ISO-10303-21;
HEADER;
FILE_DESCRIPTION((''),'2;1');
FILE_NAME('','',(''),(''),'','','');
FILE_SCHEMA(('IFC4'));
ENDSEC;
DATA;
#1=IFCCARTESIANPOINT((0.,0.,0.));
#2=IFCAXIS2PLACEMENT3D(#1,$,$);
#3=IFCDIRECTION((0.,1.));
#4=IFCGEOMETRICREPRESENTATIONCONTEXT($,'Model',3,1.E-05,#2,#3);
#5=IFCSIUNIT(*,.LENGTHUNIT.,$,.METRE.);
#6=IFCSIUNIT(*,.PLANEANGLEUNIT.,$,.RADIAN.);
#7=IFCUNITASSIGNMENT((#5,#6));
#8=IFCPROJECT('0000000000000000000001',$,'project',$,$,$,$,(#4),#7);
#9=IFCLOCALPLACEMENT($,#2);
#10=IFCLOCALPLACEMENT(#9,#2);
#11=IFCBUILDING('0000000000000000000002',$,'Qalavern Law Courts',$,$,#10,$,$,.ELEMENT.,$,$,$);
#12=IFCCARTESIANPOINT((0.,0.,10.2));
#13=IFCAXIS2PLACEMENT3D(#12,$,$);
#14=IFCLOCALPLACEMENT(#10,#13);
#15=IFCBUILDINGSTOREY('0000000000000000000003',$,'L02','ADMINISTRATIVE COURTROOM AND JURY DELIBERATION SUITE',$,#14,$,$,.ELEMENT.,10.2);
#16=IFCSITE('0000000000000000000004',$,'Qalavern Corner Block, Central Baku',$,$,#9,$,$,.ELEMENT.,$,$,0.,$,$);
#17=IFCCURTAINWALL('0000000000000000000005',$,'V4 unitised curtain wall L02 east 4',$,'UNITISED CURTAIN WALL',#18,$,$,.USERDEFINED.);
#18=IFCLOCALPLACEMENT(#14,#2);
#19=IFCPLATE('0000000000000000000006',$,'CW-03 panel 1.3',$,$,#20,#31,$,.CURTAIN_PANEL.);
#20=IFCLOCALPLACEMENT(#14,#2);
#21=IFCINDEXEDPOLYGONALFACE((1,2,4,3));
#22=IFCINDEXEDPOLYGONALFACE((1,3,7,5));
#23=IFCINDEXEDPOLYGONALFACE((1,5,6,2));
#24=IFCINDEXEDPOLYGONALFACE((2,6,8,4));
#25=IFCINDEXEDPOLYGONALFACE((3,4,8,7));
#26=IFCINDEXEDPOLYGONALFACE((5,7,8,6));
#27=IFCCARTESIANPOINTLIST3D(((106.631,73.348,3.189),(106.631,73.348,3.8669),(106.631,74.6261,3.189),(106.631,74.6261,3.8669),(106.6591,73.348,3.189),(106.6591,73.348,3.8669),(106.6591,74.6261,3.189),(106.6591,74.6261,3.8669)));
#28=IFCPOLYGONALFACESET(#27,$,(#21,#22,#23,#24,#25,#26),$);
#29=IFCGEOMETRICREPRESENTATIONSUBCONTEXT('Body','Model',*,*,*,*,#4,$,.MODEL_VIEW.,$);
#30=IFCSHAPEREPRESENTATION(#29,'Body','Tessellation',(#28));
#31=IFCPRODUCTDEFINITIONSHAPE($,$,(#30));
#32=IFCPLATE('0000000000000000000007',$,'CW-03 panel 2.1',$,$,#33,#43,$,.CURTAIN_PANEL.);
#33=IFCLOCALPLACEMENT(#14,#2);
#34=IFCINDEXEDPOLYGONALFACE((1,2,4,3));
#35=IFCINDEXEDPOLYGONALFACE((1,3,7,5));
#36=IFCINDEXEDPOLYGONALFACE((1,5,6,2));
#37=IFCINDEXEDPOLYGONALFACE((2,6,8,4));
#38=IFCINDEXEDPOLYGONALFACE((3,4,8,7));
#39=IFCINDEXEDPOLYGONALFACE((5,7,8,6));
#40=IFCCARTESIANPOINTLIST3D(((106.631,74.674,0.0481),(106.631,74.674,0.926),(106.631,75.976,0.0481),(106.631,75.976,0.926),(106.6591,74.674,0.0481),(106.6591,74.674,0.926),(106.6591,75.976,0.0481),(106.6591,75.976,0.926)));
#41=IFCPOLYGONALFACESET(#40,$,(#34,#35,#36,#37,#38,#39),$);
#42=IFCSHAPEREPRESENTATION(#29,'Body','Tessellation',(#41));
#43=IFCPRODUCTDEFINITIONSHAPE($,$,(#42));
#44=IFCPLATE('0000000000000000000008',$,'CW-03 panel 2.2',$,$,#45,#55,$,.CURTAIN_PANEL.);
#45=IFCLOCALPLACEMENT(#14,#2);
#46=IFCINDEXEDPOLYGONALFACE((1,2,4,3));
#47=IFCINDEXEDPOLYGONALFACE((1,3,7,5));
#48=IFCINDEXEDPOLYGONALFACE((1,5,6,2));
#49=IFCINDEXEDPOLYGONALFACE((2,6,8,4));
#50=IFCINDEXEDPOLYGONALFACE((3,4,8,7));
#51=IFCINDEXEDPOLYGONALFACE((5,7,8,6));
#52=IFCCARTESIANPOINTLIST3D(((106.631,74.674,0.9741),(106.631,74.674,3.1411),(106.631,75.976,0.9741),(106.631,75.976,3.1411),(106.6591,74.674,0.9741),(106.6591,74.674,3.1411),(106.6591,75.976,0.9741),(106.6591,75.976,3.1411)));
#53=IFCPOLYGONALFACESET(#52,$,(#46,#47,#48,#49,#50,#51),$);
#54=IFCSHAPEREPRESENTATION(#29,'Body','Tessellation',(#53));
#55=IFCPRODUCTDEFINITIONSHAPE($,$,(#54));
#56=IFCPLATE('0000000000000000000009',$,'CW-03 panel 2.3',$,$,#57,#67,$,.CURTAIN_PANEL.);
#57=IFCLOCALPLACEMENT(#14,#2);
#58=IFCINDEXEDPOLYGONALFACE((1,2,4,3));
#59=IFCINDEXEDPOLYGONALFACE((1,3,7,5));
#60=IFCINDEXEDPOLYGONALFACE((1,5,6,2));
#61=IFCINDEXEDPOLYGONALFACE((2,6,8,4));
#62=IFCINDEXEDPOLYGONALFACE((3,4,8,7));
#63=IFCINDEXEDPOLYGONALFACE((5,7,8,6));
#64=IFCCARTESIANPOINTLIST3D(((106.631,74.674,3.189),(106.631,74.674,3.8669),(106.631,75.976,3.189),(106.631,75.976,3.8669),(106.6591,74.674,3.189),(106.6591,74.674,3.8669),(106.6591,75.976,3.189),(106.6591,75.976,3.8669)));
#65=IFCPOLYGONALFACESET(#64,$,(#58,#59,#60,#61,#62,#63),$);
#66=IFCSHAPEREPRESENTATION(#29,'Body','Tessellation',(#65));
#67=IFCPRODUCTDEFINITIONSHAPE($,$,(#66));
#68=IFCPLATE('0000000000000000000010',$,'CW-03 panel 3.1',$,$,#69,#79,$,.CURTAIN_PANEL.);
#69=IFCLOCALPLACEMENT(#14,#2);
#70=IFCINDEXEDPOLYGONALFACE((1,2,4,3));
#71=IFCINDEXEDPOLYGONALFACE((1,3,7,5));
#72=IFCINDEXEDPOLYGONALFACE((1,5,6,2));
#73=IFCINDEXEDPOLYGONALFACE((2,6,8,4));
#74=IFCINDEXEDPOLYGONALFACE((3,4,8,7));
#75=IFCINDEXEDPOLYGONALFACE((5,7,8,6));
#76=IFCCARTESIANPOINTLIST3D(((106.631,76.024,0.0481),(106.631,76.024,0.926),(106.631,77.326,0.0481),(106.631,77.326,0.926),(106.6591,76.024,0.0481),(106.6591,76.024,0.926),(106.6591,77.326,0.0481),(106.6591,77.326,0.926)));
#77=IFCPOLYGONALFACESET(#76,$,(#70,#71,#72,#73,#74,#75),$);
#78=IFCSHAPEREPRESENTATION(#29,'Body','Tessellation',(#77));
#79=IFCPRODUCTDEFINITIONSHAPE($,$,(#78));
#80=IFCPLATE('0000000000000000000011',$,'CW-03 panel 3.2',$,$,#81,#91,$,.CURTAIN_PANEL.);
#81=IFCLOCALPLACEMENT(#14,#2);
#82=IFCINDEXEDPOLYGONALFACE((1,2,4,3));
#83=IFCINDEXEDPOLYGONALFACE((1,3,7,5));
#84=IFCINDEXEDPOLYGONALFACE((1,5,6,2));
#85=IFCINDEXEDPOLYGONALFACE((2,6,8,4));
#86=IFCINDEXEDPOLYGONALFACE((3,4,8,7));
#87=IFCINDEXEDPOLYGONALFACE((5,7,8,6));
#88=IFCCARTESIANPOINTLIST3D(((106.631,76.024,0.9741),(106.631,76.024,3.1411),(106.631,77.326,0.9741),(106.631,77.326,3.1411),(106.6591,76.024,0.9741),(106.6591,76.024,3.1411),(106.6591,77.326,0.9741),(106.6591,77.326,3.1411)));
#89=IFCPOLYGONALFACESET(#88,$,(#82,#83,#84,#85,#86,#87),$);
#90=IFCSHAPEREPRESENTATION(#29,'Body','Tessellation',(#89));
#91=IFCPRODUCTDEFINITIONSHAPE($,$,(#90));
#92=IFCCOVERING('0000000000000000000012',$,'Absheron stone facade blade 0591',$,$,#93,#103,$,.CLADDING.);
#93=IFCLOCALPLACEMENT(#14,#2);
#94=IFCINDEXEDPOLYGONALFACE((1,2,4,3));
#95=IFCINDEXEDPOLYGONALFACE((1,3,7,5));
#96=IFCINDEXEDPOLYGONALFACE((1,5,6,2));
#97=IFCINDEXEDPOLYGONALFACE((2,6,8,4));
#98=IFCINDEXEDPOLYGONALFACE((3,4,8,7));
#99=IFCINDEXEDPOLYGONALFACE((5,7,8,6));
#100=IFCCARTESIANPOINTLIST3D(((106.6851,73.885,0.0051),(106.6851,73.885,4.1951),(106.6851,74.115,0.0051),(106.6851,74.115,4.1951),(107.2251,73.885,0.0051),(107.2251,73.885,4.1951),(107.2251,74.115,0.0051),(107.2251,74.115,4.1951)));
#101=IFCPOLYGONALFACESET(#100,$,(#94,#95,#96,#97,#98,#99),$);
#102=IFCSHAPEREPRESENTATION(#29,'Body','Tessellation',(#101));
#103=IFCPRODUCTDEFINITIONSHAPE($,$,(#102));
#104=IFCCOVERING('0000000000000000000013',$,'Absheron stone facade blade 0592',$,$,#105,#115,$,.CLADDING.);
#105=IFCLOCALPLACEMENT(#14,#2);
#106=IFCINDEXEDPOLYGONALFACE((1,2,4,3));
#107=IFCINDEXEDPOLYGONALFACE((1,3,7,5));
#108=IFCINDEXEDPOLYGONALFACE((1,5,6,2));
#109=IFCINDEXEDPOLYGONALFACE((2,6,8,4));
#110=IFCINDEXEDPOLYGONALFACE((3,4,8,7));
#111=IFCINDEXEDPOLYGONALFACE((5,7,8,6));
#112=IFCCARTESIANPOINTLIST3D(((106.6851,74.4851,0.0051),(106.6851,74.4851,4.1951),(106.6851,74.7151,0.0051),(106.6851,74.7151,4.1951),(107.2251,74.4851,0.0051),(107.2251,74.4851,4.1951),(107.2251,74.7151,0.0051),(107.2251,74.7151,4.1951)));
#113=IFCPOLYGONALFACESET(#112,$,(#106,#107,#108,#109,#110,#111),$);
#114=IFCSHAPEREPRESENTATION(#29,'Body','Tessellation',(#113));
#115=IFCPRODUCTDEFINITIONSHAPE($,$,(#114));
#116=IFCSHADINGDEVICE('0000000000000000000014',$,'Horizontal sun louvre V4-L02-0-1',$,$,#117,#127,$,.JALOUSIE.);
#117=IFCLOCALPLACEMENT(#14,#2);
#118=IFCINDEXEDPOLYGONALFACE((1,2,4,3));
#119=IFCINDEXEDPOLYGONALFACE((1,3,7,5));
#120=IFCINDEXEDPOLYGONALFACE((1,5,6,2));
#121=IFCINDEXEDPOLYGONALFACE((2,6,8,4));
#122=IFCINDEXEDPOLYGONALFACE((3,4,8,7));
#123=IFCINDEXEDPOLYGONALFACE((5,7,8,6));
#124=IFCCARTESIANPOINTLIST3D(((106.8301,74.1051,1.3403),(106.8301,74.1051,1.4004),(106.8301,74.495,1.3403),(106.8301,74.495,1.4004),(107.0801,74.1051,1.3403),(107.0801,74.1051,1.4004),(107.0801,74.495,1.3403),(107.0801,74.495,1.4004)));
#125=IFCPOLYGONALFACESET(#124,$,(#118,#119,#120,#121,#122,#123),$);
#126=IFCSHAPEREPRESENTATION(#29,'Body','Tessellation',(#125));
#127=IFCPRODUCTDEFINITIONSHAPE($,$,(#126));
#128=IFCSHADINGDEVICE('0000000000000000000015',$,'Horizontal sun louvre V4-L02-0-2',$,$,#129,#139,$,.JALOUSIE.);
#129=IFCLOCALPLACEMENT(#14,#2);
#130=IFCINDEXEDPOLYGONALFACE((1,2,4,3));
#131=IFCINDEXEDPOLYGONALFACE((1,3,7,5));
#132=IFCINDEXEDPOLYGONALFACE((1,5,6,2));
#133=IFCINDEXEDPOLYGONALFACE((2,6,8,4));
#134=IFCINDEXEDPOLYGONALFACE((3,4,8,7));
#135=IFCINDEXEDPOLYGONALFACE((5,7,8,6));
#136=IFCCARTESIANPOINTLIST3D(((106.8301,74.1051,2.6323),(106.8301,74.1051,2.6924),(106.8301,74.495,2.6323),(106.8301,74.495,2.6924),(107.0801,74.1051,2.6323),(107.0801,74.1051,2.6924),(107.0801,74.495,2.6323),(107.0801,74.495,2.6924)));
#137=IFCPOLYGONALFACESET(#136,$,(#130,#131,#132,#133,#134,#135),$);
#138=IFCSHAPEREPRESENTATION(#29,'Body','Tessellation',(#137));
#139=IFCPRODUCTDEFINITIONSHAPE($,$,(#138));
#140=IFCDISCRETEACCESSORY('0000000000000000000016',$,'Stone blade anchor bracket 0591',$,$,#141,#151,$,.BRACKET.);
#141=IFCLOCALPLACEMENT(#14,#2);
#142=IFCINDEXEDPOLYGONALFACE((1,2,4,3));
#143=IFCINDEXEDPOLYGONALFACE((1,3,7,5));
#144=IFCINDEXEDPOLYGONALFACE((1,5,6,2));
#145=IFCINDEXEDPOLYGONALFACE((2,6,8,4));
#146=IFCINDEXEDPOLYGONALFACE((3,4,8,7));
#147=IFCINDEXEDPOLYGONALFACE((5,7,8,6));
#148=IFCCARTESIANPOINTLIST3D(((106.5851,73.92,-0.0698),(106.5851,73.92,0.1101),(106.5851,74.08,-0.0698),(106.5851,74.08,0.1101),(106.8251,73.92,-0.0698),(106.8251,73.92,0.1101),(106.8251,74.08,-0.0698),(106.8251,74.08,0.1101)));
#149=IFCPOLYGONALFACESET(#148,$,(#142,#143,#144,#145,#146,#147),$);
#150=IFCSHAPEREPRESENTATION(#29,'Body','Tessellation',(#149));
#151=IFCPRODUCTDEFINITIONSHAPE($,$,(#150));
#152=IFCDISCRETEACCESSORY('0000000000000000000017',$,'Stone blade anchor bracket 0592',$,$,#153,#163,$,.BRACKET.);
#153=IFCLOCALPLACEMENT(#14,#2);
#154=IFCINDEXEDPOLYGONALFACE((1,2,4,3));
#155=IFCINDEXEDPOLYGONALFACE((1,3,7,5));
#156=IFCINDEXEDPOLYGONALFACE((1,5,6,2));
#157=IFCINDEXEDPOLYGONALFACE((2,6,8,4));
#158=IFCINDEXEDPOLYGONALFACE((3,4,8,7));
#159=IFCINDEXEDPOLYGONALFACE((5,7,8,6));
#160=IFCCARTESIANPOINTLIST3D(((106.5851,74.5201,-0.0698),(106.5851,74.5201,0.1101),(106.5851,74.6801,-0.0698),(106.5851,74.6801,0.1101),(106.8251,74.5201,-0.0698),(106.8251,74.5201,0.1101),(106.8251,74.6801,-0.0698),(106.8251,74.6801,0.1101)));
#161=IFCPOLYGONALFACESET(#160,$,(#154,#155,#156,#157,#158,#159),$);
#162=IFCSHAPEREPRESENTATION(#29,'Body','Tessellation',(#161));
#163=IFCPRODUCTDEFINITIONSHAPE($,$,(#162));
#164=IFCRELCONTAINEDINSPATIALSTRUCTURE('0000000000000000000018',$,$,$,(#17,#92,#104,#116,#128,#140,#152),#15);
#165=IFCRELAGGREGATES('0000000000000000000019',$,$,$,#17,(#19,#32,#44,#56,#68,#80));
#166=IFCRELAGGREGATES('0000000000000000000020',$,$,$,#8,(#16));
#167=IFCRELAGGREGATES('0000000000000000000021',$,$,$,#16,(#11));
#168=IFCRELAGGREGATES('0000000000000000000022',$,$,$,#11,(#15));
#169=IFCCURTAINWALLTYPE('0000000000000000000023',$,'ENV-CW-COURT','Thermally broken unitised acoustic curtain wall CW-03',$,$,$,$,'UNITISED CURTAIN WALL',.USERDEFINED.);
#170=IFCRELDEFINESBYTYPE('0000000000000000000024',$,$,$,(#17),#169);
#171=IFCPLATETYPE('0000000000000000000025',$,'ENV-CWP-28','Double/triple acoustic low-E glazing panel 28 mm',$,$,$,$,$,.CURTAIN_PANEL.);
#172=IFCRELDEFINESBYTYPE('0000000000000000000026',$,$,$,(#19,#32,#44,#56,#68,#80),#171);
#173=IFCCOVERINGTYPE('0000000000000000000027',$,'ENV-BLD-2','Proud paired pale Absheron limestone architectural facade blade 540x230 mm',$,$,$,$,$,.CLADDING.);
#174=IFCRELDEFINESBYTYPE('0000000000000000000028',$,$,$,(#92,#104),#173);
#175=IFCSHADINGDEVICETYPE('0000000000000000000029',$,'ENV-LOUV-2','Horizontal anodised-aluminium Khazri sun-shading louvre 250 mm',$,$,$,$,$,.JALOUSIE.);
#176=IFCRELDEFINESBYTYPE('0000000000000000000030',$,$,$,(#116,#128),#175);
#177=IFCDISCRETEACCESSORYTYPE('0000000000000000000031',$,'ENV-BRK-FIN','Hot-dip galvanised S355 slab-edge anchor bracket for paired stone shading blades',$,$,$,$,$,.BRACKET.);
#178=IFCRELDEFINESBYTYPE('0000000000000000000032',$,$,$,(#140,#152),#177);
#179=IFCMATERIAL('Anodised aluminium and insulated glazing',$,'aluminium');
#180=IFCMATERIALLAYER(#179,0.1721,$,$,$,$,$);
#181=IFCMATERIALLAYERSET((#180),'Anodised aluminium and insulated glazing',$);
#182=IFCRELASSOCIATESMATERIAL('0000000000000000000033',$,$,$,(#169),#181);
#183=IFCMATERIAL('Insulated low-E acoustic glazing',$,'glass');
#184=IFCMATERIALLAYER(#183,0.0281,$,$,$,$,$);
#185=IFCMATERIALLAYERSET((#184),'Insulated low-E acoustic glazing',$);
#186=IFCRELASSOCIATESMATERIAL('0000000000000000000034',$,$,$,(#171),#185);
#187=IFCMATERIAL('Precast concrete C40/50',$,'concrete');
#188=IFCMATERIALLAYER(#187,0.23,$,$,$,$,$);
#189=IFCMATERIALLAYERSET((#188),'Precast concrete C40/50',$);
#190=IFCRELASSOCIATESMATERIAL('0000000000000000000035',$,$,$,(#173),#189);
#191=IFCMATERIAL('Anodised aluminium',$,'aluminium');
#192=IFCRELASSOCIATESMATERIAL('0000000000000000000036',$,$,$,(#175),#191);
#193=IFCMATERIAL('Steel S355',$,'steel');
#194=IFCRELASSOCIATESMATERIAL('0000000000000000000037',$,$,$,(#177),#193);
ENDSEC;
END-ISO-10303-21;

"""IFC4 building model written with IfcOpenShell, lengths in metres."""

from ifc_helpers import new_model, si_unit, direction, frame, origin, origin_2d, place, context, subcontext, project, spatial, rectangle, extrude, material, layer, layer_set, type_object, element, aggregate, save


model = new_model("IFC4")

# Units and contexts
model_context = context("Model", 3, precision=1e-05, world=origin(), true_north=direction((0.0, 1.0)))
body_context = subcontext(model_context, "Body", "Model", "MODEL_VIEW")
ifc_project = project(units=[si_unit("LENGTHUNIT", "METRE"), si_unit("PLANEANGLEUNIT", "RADIAN")], contexts=[model_context])

# Site, building, storey
site_placement = place(None, origin())
site = spatial("IfcSite", under=ifc_project, at=site_placement, Name="Qalavern Corner Block, Central Baku", CompositionType="ELEMENT", RefElevation=0.0)
building_placement = place(site_placement, origin())
building = spatial("IfcBuilding", under=site, at=building_placement, Name="Qalavern Law Courts", CompositionType="ELEMENT")
storey_placement = place(building_placement, frame((0.0, 0.0, 10.2)))
storey = spatial("IfcBuildingStorey", under=building, at=storey_placement, Name="L02", Description="ADMINISTRATIVE COURTROOM AND JURY DELIBERATION SUITE", CompositionType="ELEMENT", Elevation=10.2)

# Curtain wall, plates
ifc_material_1 = material(Name="Anodised aluminium and insulated glazing", Category="aluminium")
ifc_layer_1 = layer(ifc_material_1, 0.1721)
ifc_layer_set_1 = layer_set([ifc_layer_1], Name="Anodised aluminium and insulated glazing")
curtain_wall_type = type_object("IfcCurtainWallType", Name="ENV-CW-COURT", Description="Thermally broken unitised acoustic curtain wall CW-03", ElementType="UNITISED CURTAIN WALL", PredefinedType="USERDEFINED", material=ifc_layer_set_1)
curtain_wall_placement = place(storey_placement, origin())
curtain_wall = element("IfcCurtainWall", 1, at=curtain_wall_placement, inside=storey, type_object=curtain_wall_type, Name="V4 unitised curtain wall L02 east 4", ObjectType="UNITISED CURTAIN WALL", PredefinedType="USERDEFINED")
ifc_material_2 = material(Name="Anodised aluminium", Category="aluminium")
ifc_material_3 = material(Name="Insulated low-E acoustic glazing", Category="glass")
ifc_layer_2 = layer(ifc_material_3, 0.0281)
ifc_layer_set_2 = layer_set([ifc_layer_2], Name="Insulated low-E acoustic glazing")
plate_type = type_object("IfcPlateType", Name="ENV-CWP-28", Description="Double/triple acoustic low-E glazing panel 28 mm", PredefinedType="CURTAIN_PANEL", material=ifc_layer_set_2)
plate_1_placement = place(storey_placement, frame((106.645, 73.9871, 3.189), z_axis=(0.0, 0.0, 1.0), x_axis=(0.0, 1.0, 0.0)))
plate_1 = element("IfcPlate", 2, at=plate_1_placement, type_object=plate_type, Name="CW-03 panel 1.3", PredefinedType="CURTAIN_PANEL", context=body_context, shape_type="SweptSolid", body=[
    extrude(rectangle(XDim=1.2781, YDim=0.0281, at=origin_2d()), origin(), (0.0, 0.0, 1.0), 0.678),
])
plate_2_placement = place(storey_placement, frame((106.645, 75.325, 0.0481), z_axis=(0.0, 0.0, 1.0), x_axis=(0.0, 1.0, 0.0)))
plate_2 = element("IfcPlate", 3, at=plate_2_placement, type_object=plate_type, Name="CW-03 panel 2.1", PredefinedType="CURTAIN_PANEL", context=body_context, shape_type="SweptSolid", body=[
    extrude(rectangle(XDim=1.302, YDim=0.0281, at=origin_2d()), origin(), (0.0, 0.0, 1.0), 0.8779),
])
plate_3_placement = place(storey_placement, frame((106.645, 75.325, 0.9741), z_axis=(0.0, 0.0, 1.0), x_axis=(0.0, 1.0, 0.0)))
plate_3 = element("IfcPlate", 4, at=plate_3_placement, type_object=plate_type, Name="CW-03 panel 2.2", PredefinedType="CURTAIN_PANEL", context=body_context, shape_type="SweptSolid", body=[
    extrude(rectangle(XDim=1.302, YDim=0.0281, at=origin_2d()), origin(), (0.0, 0.0, 1.0), 2.167),
])
plate_4_placement = place(storey_placement, frame((106.645, 75.325, 3.189), z_axis=(0.0, 0.0, 1.0), x_axis=(0.0, 1.0, 0.0)))
plate_4 = element("IfcPlate", 5, at=plate_4_placement, type_object=plate_type, Name="CW-03 panel 2.3", PredefinedType="CURTAIN_PANEL", context=body_context, shape_type="SweptSolid", body=[
    extrude(rectangle(XDim=1.302, YDim=0.0281, at=origin_2d()), origin(), (0.0, 0.0, 1.0), 0.678),
])
plate_5_placement = place(storey_placement, frame((106.645, 76.675, 0.0481), z_axis=(0.0, 0.0, 1.0), x_axis=(0.0, 1.0, 0.0)))
plate_5 = element("IfcPlate", 6, at=plate_5_placement, type_object=plate_type, Name="CW-03 panel 3.1", PredefinedType="CURTAIN_PANEL", context=body_context, shape_type="SweptSolid", body=[
    extrude(rectangle(XDim=1.302, YDim=0.0281, at=origin_2d()), origin(), (0.0, 0.0, 1.0), 0.8779),
])
plate_6_placement = place(storey_placement, frame((106.645, 76.675, 0.9741), z_axis=(0.0, 0.0, 1.0), x_axis=(0.0, 1.0, 0.0)))
plate_6 = element("IfcPlate", 7, at=plate_6_placement, type_object=plate_type, Name="CW-03 panel 3.2", PredefinedType="CURTAIN_PANEL", context=body_context, shape_type="SweptSolid", body=[
    extrude(rectangle(XDim=1.302, YDim=0.0281, at=origin_2d()), origin(), (0.0, 0.0, 1.0), 2.167),
])
aggregate(curtain_wall, [plate_1, plate_2, plate_3, plate_4, plate_5, plate_6])

# Coverings
ifc_material_4 = material(Name="Precast concrete C40/50", Category="concrete")
ifc_layer_3 = layer(ifc_material_4, 0.23)
ifc_layer_set_3 = layer_set([ifc_layer_3], Name="Precast concrete C40/50")
covering_type = type_object("IfcCoveringType", Name="ENV-BLD-2", Description="Proud paired pale Absheron limestone architectural facade blade 540x230 mm", PredefinedType="CLADDING", material=ifc_layer_set_3)
for number, where, z_axis, x_axis, name in (
    (8, (106.9551, 74.0, 0.0051), (0.0, 0.0, 1.0), (1.0, 0.0, 0.0), "Absheron stone facade blade 0591"),
    (9, (106.9551, 74.6001, 0.0051), (0.0, 0.0, 1.0), (1.0, 0.0, 0.0), "Absheron stone facade blade 0592"),
):
    element("IfcCovering", number, at=place(storey_placement, frame(where, z_axis=z_axis, x_axis=x_axis)), inside=storey, type_object=covering_type, Name=name, PredefinedType="CLADDING", context=body_context, shape_type="SweptSolid", body=[
        extrude(rectangle(XDim=0.54, YDim=0.23, at=origin_2d()), origin(), (0.0, 0.0, 1.0), 4.1899),
    ])

# Shading devices
shading_device_type = type_object("IfcShadingDeviceType", Name="ENV-LOUV-2", Description="Horizontal anodised-aluminium Khazri sun-shading louvre 250 mm", PredefinedType="JALOUSIE", material=ifc_material_2)
for number, where, z_axis, x_axis, name in (
    (10, (106.9551, 74.3, 1.3403), (0.0, 0.0, 1.0), (0.0, 1.0, 0.0), "Horizontal sun louvre V4-L02-0-1"),
    (11, (106.9551, 74.3, 2.6323), (0.0, 0.0, 1.0), (0.0, 1.0, 0.0), "Horizontal sun louvre V4-L02-0-2"),
):
    element("IfcShadingDevice", number, at=place(storey_placement, frame(where, z_axis=z_axis, x_axis=x_axis)), inside=storey, type_object=shading_device_type, Name=name, PredefinedType="JALOUSIE", context=body_context, shape_type="SweptSolid", body=[
        extrude(rectangle(XDim=0.3899, YDim=0.25, at=origin_2d()), origin(), (0.0, 0.0, 1.0), 0.0601),
    ])

# Discrete accessories
ifc_material_5 = material(Name="Steel S355", Category="steel")
discrete_accessory_type = type_object("IfcDiscreteAccessoryType", Name="ENV-BRK-FIN", Description="Hot-dip galvanised S355 slab-edge anchor bracket for paired stone shading blades", PredefinedType="BRACKET", material=ifc_material_5)
for number, where, z_axis, x_axis, name in (
    (12, (106.7051, 74.0, -0.0698), (0.0, 0.0, 1.0), (1.0, 0.0, 0.0), "Stone blade anchor bracket 0591"),
    (13, (106.7051, 74.6001, -0.0698), (0.0, 0.0, 1.0), (1.0, 0.0, 0.0), "Stone blade anchor bracket 0592"),
):
    element("IfcDiscreteAccessory", number, at=place(storey_placement, frame(where, z_axis=z_axis, x_axis=x_axis)), inside=storey, type_object=discrete_accessory_type, Name=name, PredefinedType="BRACKET", context=body_context, shape_type="SweptSolid", body=[
        extrude(rectangle(XDim=0.24, YDim=0.1599, at=origin_2d()), origin(), (0.0, 0.0, 1.0), 0.1799),
    ])

save(model, "model.ifc")
